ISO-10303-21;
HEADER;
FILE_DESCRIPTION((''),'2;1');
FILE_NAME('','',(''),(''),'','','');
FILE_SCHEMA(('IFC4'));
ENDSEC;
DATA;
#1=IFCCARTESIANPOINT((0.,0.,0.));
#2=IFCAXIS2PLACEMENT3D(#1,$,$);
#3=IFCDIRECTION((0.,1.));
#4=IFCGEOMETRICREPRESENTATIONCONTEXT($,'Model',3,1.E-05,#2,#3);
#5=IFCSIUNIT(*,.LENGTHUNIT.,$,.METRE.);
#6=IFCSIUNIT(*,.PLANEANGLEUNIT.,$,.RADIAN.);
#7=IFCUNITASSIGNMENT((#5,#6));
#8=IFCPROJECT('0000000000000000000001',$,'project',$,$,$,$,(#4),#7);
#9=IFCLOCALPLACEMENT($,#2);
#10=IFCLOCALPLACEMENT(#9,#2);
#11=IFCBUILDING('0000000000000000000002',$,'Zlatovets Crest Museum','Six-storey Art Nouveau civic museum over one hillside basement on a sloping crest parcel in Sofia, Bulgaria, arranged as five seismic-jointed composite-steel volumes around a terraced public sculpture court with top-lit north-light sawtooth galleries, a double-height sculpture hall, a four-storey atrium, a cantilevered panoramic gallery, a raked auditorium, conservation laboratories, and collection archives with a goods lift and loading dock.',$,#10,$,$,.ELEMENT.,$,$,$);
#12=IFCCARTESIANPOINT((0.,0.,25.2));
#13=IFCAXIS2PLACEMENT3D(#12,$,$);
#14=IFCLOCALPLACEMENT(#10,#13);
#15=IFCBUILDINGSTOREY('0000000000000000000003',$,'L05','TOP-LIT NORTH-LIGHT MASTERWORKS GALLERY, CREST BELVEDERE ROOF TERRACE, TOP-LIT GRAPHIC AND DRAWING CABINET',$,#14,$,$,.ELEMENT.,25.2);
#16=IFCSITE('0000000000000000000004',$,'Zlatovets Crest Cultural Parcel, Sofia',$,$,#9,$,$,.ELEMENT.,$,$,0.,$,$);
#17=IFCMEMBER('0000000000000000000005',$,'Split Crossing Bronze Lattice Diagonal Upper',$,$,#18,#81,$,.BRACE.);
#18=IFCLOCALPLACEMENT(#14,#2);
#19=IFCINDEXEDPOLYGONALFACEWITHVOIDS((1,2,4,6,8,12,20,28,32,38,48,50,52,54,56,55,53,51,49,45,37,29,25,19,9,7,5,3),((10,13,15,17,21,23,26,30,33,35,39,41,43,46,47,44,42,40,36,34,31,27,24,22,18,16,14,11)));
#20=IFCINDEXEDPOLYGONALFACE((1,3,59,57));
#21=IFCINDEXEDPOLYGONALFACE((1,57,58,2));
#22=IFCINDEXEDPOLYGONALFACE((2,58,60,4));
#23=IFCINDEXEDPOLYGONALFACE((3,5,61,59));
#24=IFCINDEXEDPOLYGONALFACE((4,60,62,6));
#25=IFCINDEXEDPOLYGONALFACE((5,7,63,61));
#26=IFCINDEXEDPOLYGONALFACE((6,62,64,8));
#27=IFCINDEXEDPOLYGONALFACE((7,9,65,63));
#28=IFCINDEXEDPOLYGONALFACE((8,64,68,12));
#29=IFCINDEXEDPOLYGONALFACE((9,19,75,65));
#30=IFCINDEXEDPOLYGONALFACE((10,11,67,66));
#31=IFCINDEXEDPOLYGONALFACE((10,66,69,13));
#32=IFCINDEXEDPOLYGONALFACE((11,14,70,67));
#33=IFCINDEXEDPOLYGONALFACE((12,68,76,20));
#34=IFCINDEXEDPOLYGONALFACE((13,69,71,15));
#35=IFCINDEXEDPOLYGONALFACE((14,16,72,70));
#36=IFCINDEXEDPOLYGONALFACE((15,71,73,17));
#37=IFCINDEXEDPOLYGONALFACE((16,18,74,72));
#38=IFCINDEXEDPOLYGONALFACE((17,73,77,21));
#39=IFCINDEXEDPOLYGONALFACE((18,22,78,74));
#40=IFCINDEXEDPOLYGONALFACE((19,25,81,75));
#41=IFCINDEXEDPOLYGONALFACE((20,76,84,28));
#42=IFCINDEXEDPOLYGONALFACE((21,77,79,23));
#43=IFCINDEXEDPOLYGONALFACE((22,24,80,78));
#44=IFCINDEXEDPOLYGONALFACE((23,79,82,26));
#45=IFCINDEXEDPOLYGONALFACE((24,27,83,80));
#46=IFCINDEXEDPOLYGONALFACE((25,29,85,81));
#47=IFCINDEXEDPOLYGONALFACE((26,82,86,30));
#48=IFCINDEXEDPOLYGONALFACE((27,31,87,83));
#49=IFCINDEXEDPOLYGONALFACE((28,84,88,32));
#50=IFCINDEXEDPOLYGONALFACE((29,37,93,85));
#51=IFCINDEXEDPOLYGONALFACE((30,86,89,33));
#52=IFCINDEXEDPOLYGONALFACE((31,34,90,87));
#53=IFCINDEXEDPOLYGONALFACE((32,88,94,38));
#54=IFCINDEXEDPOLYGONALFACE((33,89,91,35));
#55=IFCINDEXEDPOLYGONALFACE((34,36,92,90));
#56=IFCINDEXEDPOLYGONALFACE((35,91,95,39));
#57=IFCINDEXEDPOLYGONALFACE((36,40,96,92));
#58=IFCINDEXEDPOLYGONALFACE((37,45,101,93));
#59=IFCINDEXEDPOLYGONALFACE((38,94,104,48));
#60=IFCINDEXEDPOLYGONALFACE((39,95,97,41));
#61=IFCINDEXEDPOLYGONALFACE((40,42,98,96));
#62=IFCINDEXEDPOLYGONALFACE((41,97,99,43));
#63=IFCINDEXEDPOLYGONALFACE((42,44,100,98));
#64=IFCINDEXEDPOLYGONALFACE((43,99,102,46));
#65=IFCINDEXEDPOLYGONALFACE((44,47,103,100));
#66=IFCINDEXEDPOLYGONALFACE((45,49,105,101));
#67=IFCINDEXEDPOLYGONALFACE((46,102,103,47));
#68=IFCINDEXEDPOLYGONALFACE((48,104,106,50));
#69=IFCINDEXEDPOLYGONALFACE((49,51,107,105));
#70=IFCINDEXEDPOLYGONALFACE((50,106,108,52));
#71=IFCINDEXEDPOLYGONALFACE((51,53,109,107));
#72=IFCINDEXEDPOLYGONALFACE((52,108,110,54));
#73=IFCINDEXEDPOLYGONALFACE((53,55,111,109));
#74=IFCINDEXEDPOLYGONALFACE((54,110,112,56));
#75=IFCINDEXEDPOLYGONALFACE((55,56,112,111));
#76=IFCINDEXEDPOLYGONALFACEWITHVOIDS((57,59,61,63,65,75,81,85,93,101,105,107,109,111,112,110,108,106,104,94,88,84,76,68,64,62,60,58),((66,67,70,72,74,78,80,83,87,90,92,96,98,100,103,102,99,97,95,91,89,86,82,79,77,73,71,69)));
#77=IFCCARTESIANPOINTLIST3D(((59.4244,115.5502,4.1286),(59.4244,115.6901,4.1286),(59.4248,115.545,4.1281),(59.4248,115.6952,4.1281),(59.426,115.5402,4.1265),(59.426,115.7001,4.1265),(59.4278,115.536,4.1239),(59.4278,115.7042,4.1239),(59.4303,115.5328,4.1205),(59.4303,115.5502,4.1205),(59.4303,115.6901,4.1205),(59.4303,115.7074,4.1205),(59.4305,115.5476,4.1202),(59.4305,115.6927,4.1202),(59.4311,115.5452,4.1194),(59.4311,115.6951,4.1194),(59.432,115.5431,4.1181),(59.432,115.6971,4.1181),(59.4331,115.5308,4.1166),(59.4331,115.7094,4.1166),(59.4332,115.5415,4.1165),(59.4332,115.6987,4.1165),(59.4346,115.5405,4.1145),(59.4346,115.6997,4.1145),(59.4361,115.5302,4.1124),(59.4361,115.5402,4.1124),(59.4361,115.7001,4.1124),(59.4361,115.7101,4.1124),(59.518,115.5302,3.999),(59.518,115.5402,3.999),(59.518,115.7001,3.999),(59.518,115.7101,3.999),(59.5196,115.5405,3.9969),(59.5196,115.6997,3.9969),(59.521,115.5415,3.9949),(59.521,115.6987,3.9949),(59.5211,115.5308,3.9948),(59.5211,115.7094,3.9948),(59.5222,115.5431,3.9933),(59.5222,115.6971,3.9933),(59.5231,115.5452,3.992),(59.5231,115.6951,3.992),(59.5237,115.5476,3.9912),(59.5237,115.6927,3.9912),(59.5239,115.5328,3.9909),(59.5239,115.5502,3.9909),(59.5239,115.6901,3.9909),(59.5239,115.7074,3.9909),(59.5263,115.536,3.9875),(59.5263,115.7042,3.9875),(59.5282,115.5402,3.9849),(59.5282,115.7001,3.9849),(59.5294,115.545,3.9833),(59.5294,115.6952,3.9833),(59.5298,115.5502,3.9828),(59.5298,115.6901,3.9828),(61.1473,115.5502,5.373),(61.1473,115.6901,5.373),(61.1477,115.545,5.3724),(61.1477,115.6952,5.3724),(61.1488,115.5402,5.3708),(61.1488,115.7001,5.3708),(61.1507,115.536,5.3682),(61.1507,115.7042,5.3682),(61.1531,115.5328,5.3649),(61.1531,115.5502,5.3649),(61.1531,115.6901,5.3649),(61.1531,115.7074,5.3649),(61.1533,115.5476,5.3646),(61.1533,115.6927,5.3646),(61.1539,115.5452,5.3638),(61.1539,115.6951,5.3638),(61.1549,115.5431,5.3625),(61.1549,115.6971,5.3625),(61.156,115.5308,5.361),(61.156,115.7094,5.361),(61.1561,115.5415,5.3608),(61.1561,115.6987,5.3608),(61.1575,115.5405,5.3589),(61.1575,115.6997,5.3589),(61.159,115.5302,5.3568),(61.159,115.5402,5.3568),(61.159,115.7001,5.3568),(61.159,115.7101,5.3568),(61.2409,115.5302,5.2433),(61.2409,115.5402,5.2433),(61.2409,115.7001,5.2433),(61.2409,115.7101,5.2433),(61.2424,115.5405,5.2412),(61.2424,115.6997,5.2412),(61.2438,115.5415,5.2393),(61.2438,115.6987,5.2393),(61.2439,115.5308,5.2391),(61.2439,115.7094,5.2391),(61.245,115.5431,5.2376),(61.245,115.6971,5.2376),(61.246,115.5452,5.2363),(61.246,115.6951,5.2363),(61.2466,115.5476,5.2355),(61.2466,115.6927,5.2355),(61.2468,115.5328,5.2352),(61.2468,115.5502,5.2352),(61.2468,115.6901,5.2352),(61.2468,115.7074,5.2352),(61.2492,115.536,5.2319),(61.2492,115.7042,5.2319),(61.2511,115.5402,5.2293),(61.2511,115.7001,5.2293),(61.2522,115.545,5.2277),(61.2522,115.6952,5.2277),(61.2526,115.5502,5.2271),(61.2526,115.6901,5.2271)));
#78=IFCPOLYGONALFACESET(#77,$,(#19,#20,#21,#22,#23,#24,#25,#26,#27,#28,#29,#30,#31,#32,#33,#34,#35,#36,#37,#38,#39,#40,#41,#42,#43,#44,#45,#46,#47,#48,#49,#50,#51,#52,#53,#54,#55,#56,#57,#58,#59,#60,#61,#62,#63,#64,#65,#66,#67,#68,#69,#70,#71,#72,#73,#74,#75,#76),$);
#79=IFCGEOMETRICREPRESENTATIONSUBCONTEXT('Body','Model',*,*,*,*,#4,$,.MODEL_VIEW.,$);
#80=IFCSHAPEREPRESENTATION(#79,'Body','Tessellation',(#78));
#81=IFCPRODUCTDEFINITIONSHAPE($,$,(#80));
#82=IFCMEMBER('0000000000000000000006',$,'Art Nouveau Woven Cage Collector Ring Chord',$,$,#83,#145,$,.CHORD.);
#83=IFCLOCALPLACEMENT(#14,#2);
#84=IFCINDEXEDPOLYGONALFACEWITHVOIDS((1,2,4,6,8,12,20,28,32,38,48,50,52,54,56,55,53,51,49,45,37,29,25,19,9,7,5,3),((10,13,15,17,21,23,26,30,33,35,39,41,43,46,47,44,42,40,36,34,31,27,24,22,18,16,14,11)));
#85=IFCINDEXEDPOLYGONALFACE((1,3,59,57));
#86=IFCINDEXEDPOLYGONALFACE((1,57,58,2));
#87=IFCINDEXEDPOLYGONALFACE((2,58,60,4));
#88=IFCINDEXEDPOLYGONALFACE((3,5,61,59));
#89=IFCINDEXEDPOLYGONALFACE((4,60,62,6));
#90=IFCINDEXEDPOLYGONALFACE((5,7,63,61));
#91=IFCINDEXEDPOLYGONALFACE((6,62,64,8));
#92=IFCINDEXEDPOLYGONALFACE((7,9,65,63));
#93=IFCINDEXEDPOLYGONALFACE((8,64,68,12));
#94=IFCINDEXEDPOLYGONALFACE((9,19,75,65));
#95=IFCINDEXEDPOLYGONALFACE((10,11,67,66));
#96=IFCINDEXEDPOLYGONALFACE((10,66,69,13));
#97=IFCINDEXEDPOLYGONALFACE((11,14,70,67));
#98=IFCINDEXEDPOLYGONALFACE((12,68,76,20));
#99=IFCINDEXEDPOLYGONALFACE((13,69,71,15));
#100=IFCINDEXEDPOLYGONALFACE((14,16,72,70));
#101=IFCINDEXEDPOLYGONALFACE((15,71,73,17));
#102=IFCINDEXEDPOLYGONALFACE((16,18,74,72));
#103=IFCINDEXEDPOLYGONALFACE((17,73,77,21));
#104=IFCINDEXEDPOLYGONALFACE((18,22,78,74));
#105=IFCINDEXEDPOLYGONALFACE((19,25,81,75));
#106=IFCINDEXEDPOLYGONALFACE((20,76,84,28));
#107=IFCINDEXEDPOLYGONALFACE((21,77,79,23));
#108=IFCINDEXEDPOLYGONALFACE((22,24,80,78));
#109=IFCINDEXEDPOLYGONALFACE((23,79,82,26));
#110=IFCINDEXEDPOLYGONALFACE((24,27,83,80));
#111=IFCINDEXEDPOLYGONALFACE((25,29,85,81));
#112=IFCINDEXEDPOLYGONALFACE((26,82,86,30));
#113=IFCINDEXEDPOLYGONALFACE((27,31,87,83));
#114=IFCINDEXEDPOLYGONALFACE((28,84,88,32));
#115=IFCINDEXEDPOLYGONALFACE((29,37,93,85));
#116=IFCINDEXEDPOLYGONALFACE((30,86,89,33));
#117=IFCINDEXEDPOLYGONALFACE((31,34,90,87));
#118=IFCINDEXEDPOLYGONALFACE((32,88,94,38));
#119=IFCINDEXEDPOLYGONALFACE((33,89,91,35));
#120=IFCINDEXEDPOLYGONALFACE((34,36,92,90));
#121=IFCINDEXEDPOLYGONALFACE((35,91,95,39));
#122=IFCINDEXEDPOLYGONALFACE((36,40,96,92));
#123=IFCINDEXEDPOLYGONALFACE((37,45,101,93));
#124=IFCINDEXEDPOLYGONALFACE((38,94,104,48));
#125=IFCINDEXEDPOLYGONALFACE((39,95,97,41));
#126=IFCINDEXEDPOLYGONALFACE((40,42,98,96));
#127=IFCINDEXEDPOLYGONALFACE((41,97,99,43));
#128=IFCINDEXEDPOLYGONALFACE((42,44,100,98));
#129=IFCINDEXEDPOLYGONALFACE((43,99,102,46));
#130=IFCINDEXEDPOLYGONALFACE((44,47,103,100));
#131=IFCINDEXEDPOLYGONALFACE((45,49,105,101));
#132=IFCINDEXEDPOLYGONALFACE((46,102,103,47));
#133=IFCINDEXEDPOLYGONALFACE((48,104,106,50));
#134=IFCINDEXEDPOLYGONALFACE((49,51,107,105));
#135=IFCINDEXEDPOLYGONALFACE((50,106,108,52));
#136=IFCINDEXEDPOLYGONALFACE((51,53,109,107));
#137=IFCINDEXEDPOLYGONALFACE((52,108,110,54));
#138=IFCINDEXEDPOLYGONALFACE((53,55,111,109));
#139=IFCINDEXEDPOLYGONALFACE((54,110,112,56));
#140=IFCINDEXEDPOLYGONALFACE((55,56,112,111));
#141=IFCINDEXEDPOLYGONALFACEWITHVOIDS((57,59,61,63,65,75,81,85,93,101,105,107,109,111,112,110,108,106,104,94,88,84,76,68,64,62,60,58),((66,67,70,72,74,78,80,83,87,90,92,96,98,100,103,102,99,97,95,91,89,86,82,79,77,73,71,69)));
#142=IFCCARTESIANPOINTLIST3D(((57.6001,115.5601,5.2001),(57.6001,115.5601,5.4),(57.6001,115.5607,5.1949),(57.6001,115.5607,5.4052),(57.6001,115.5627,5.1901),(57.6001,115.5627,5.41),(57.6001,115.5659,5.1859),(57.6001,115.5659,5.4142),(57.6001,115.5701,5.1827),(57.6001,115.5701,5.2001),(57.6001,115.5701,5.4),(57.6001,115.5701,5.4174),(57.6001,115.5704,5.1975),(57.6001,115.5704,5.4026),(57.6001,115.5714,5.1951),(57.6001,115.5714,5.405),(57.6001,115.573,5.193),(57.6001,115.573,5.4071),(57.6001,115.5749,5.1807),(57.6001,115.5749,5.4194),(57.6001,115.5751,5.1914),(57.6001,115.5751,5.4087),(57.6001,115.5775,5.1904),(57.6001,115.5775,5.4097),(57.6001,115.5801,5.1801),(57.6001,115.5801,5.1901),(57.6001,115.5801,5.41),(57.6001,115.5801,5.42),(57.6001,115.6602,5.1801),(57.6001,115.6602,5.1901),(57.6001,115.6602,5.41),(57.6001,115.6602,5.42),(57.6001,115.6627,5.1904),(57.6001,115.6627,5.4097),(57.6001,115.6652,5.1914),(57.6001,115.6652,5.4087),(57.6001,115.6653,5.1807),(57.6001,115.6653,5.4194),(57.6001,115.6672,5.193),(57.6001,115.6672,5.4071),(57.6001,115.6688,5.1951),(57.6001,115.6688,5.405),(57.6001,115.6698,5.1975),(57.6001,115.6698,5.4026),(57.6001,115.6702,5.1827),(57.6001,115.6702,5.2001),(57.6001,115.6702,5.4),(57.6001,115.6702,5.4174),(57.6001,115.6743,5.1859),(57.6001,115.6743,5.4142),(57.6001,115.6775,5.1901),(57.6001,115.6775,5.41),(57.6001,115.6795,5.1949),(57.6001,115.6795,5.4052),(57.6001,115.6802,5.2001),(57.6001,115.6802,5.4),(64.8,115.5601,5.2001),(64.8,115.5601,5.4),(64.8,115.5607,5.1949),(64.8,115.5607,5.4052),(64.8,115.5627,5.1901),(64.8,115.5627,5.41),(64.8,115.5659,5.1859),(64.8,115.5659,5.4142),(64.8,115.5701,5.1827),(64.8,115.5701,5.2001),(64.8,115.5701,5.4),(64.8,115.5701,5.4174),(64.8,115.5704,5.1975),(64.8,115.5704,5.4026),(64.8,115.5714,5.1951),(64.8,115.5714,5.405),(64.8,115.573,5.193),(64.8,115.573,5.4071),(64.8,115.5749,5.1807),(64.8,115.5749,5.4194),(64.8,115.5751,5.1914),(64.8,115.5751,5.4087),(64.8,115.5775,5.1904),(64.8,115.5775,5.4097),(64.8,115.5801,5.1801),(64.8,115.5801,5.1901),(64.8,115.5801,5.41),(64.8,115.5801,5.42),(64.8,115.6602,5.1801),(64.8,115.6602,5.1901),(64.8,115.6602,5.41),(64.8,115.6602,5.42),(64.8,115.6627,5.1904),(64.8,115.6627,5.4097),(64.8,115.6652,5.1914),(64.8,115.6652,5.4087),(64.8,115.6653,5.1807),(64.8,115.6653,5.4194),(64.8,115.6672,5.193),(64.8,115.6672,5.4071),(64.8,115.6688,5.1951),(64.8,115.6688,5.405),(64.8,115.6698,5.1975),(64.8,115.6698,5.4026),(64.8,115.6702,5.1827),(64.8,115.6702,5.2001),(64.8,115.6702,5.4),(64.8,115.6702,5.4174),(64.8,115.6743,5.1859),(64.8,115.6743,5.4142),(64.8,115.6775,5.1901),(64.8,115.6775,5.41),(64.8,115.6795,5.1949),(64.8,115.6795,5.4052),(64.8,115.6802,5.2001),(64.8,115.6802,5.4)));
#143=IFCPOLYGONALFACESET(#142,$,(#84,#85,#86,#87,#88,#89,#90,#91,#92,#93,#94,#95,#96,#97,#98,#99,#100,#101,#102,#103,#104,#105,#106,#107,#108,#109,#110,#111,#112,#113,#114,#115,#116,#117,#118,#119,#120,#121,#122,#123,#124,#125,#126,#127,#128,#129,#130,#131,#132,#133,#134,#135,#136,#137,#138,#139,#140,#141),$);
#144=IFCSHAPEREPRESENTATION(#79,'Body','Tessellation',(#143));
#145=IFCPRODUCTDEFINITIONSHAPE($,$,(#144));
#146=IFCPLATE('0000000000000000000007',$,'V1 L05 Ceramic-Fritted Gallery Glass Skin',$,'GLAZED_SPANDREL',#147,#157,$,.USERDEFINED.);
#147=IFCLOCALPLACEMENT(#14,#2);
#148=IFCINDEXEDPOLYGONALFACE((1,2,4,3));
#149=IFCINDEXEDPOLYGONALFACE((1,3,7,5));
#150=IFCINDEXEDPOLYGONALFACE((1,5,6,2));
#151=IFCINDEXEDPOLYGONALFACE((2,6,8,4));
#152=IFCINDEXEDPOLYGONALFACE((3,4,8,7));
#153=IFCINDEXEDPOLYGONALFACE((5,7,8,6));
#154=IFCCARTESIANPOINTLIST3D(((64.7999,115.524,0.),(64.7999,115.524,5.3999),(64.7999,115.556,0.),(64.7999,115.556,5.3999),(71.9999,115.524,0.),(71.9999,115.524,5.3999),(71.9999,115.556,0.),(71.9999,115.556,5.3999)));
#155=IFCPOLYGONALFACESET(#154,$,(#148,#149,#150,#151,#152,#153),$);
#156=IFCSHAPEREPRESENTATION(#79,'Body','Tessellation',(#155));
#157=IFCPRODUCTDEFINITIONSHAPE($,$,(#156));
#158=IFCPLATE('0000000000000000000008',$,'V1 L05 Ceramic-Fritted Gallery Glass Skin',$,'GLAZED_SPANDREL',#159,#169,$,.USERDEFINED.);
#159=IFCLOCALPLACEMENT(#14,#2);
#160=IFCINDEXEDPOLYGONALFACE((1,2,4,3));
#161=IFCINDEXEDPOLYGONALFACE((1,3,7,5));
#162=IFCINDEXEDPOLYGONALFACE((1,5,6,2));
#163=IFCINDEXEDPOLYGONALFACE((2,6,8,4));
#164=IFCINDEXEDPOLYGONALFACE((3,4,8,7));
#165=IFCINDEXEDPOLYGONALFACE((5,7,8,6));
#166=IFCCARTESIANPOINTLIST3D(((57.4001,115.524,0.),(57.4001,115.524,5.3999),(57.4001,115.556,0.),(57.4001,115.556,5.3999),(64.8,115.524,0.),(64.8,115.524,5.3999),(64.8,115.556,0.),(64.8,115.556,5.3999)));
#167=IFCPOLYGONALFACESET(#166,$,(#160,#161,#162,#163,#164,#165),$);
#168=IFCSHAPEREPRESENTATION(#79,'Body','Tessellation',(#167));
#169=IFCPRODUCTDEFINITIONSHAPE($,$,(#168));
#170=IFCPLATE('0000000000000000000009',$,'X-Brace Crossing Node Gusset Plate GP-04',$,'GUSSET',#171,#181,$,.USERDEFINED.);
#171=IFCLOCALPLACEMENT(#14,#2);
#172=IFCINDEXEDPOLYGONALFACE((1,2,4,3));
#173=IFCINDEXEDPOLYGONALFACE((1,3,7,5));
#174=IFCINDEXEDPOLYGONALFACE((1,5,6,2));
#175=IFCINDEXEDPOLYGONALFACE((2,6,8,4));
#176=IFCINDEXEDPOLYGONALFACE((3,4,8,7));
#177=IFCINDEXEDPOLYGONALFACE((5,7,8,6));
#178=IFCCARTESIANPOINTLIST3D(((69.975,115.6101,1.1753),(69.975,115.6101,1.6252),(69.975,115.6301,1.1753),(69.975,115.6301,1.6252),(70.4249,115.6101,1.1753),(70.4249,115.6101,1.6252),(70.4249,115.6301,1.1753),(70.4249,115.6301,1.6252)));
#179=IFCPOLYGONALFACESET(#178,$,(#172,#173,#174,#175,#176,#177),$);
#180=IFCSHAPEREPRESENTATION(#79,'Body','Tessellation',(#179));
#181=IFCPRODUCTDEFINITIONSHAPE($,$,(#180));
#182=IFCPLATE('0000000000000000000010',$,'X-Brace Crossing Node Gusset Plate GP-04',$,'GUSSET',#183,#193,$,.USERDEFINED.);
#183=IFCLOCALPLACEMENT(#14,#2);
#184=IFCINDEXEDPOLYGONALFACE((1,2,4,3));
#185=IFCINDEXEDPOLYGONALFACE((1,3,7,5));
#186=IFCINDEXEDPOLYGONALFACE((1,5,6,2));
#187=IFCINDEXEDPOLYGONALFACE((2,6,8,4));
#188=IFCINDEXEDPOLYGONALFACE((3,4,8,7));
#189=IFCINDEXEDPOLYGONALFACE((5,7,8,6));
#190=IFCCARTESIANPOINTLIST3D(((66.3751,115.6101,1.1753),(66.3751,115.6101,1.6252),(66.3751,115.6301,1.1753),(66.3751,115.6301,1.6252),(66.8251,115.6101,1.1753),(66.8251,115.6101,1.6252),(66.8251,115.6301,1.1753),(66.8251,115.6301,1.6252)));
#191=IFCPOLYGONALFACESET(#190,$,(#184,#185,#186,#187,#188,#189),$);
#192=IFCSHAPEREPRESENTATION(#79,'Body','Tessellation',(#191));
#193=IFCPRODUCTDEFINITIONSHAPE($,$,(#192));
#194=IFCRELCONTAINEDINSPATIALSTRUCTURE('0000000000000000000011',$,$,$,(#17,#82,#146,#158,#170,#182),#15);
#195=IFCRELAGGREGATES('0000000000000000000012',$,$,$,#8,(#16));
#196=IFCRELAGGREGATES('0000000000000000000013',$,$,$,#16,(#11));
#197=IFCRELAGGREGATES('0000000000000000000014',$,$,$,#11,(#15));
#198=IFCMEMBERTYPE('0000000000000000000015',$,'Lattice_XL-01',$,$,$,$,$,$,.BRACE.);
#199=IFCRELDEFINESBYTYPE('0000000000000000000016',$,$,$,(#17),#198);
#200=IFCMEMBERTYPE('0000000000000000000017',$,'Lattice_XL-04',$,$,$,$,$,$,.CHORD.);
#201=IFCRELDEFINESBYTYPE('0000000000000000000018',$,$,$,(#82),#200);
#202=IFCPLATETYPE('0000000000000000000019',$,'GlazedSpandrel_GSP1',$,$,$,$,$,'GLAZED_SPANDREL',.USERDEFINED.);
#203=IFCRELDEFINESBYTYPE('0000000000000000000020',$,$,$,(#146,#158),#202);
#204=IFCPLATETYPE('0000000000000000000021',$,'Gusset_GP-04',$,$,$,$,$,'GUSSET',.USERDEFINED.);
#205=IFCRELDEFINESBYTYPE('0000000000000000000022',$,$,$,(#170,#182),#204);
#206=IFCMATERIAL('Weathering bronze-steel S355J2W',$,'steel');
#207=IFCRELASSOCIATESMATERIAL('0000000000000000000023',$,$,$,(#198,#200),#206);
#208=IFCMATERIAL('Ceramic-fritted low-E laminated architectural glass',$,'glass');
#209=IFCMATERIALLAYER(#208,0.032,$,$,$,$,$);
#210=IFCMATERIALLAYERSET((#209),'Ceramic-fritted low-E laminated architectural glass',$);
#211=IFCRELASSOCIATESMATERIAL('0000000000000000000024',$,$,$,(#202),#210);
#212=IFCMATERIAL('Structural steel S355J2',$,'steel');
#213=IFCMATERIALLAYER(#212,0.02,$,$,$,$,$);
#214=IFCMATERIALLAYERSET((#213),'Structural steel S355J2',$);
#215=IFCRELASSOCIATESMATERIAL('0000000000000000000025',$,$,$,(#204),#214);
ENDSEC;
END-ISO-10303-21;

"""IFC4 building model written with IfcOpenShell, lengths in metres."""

from ifc_helpers import new_model, si_unit, direction, frame, origin, origin_2d, place, context, subcontext, project, spatial, rectangle, hollow_rectangle, extrude, material, layer, layer_set, material_profile, profile_set, type_object, element, save


model = new_model("IFC4")

# Units and contexts
model_context = context("Model", 3, precision=1e-05, world=origin(), true_north=direction((0.0, 1.0)))
body_context = subcontext(model_context, "Body", "Model", "MODEL_VIEW")
ifc_project = project(units=[si_unit("LENGTHUNIT", "METRE"), si_unit("PLANEANGLEUNIT", "RADIAN")], contexts=[model_context])

# Site, building, storey
site_placement = place(None, origin())
site = spatial("IfcSite", under=ifc_project, at=site_placement, Name="Zlatovets Crest Cultural Parcel, Sofia", CompositionType="ELEMENT", RefElevation=0.0)
building_placement = place(site_placement, origin())
building = spatial("IfcBuilding", under=site, at=building_placement, Name="Zlatovets Crest Museum", Description="Six-storey Art Nouveau civic museum over one hillside basement on a sloping crest parcel in Sofia, Bulgaria, arranged as five seismic-jointed composite-steel volumes around a terraced public sculpture court with top-lit north-light sawtooth galleries, a double-height sculpture hall, a four-storey atrium, a cantilevered panoramic gallery, a raked auditorium, conservation laboratories, and collection archives with a goods lift and loading dock.", CompositionType="ELEMENT")
storey_placement = place(building_placement, frame((0.0, 0.0, 25.2)))
storey = spatial("IfcBuildingStorey", under=building, at=storey_placement, Name="L05", Description="TOP-LIT NORTH-LIGHT MASTERWORKS GALLERY, CREST BELVEDERE ROOF TERRACE, TOP-LIT GRAPHIC AND DRAWING CABINET", CompositionType="ELEMENT", Elevation=25.2)

# Shared definitions
ifc_material_1 = material(Name="Structural steel S355J2", Category="steel")

# Members
ifc_material_2 = material(Name="Weathering bronze-steel S355J2W", Category="steel")
ifc_material_profile_1 = material_profile(ifc_material_2, hollow_rectangle(XDim=0.1799, YDim=0.1799, WallThickness=0.01, InnerFilletRadius=0.01, OuterFilletRadius=0.02, at=origin_2d()), Name="SHS 180x180x10.0")
ifc_profile_set_1 = profile_set([ifc_material_profile_1], Name="Weathering bronze-steel S355J2W")
member_type_1 = type_object("IfcMemberType", Name="Lattice_XL-01", PredefinedType="BRACE", material=ifc_profile_set_1)
member_1_placement = place(storey_placement, frame((61.2, 115.6201, 5.3), z_axis=(-0.810664, 0.0, -0.585512), x_axis=(0.0, -1.0, 0.0)))
element("IfcMember", 1, at=member_1_placement, inside=storey, type_object=member_type_1, Name="Split Crossing Bronze Lattice Diagonal Upper", PredefinedType="BRACE", context=body_context, shape_type="SweptSolid", body=[
    extrude(hollow_rectangle(XDim=0.1799, YDim=0.1799, WallThickness=0.01, InnerFilletRadius=0.01, OuterFilletRadius=0.02, at=origin_2d()), origin(), (0.0, 0.0, 1.0), 2.1252),
])
ifc_material_profile_2 = material_profile(ifc_material_2, hollow_rectangle(XDim=0.1201, YDim=0.24, WallThickness=0.01, InnerFilletRadius=0.01, OuterFilletRadius=0.02, at=origin_2d()), Name="RHS 120x240x10.0")
ifc_profile_set_2 = profile_set([ifc_material_profile_2], Name="Weathering bronze-steel S355J2W")
member_type_2 = type_object("IfcMemberType", Name="Lattice_XL-04", PredefinedType="CHORD", material=ifc_profile_set_2)
member_2_placement = place(storey_placement, frame((64.8, 115.6201, 5.3), z_axis=(-1.0, 0.0, 0.0), x_axis=(0.0, -1.0, 0.0)))
element("IfcMember", 2, at=member_2_placement, inside=storey, type_object=member_type_2, Name="Art Nouveau Woven Cage Collector Ring Chord", PredefinedType="CHORD", context=body_context, shape_type="SweptSolid", body=[
    extrude(hollow_rectangle(XDim=0.1201, YDim=0.24, WallThickness=0.01, InnerFilletRadius=0.01, OuterFilletRadius=0.02, at=origin_2d()), origin(), (0.0, 0.0, 1.0), 7.2),
])

# Plates
ifc_material_3 = material(Name="Ceramic-fritted low-E laminated architectural glass", Category="glass")
ifc_layer_1 = layer(ifc_material_3, 0.032)
ifc_layer_set_1 = layer_set([ifc_layer_1], Name="Ceramic-fritted low-E laminated architectural glass")
plate_type_1 = type_object("IfcPlateType", Name="GlazedSpandrel_GSP1", ElementType="GLAZED_SPANDREL", PredefinedType="USERDEFINED", material=ifc_layer_set_1)
plate_1_placement = place(storey_placement, frame((68.3999, 115.54, 0.0), z_axis=(0.0, 0.0, 1.0), x_axis=(1.0, 0.0, 0.0)))
element("IfcPlate", 3, at=plate_1_placement, inside=storey, type_object=plate_type_1, Name="V1 L05 Ceramic-Fritted Gallery Glass Skin", ObjectType="GLAZED_SPANDREL", PredefinedType="USERDEFINED", context=body_context, shape_type="SweptSolid", body=[
    extrude(rectangle(XDim=7.2, YDim=0.032, at=origin_2d()), origin(), (0.0, 0.0, 1.0), 5.3999),
])
plate_2_placement = place(storey_placement, frame((61.1001, 115.54, 0.0), z_axis=(0.0, 0.0, 1.0), x_axis=(1.0, 0.0, 0.0)))
element("IfcPlate", 4, at=plate_2_placement, inside=storey, type_object=plate_type_1, Name="V1 L05 Ceramic-Fritted Gallery Glass Skin", ObjectType="GLAZED_SPANDREL", PredefinedType="USERDEFINED", context=body_context, shape_type="SweptSolid", body=[
    extrude(rectangle(XDim=7.3999, YDim=0.032, at=origin_2d()), origin(), (0.0, 0.0, 1.0), 5.3999),
])
ifc_layer_2 = layer(ifc_material_1, 0.02)
ifc_layer_set_2 = layer_set([ifc_layer_2], Name="Structural steel S355J2")
plate_type_2 = type_object("IfcPlateType", Name="Gusset_GP-04", ElementType="GUSSET", PredefinedType="USERDEFINED", material=ifc_layer_set_2)
for number, where, z_axis, x_axis, name in (
    (5, (70.2, 115.6201, 1.1753), (0.0, 0.0, 1.0), (1.0, 0.0, 0.0), "X-Brace Crossing Node Gusset Plate GP-04"),
    (6, (66.6001, 115.6201, 1.1753), (0.0, 0.0, 1.0), (1.0, 0.0, 0.0), "X-Brace Crossing Node Gusset Plate GP-04"),
):
    element("IfcPlate", number, at=place(storey_placement, frame(where, z_axis=z_axis, x_axis=x_axis)), inside=storey, type_object=plate_type_2, Name=name, ObjectType="GUSSET", PredefinedType="USERDEFINED", context=body_context, shape_type="SweptSolid", body=[
        extrude(rectangle(XDim=0.45, YDim=0.02, at=origin_2d()), origin(), (0.0, 0.0, 1.0), 0.45),
    ])

save(model, "model.ifc")
